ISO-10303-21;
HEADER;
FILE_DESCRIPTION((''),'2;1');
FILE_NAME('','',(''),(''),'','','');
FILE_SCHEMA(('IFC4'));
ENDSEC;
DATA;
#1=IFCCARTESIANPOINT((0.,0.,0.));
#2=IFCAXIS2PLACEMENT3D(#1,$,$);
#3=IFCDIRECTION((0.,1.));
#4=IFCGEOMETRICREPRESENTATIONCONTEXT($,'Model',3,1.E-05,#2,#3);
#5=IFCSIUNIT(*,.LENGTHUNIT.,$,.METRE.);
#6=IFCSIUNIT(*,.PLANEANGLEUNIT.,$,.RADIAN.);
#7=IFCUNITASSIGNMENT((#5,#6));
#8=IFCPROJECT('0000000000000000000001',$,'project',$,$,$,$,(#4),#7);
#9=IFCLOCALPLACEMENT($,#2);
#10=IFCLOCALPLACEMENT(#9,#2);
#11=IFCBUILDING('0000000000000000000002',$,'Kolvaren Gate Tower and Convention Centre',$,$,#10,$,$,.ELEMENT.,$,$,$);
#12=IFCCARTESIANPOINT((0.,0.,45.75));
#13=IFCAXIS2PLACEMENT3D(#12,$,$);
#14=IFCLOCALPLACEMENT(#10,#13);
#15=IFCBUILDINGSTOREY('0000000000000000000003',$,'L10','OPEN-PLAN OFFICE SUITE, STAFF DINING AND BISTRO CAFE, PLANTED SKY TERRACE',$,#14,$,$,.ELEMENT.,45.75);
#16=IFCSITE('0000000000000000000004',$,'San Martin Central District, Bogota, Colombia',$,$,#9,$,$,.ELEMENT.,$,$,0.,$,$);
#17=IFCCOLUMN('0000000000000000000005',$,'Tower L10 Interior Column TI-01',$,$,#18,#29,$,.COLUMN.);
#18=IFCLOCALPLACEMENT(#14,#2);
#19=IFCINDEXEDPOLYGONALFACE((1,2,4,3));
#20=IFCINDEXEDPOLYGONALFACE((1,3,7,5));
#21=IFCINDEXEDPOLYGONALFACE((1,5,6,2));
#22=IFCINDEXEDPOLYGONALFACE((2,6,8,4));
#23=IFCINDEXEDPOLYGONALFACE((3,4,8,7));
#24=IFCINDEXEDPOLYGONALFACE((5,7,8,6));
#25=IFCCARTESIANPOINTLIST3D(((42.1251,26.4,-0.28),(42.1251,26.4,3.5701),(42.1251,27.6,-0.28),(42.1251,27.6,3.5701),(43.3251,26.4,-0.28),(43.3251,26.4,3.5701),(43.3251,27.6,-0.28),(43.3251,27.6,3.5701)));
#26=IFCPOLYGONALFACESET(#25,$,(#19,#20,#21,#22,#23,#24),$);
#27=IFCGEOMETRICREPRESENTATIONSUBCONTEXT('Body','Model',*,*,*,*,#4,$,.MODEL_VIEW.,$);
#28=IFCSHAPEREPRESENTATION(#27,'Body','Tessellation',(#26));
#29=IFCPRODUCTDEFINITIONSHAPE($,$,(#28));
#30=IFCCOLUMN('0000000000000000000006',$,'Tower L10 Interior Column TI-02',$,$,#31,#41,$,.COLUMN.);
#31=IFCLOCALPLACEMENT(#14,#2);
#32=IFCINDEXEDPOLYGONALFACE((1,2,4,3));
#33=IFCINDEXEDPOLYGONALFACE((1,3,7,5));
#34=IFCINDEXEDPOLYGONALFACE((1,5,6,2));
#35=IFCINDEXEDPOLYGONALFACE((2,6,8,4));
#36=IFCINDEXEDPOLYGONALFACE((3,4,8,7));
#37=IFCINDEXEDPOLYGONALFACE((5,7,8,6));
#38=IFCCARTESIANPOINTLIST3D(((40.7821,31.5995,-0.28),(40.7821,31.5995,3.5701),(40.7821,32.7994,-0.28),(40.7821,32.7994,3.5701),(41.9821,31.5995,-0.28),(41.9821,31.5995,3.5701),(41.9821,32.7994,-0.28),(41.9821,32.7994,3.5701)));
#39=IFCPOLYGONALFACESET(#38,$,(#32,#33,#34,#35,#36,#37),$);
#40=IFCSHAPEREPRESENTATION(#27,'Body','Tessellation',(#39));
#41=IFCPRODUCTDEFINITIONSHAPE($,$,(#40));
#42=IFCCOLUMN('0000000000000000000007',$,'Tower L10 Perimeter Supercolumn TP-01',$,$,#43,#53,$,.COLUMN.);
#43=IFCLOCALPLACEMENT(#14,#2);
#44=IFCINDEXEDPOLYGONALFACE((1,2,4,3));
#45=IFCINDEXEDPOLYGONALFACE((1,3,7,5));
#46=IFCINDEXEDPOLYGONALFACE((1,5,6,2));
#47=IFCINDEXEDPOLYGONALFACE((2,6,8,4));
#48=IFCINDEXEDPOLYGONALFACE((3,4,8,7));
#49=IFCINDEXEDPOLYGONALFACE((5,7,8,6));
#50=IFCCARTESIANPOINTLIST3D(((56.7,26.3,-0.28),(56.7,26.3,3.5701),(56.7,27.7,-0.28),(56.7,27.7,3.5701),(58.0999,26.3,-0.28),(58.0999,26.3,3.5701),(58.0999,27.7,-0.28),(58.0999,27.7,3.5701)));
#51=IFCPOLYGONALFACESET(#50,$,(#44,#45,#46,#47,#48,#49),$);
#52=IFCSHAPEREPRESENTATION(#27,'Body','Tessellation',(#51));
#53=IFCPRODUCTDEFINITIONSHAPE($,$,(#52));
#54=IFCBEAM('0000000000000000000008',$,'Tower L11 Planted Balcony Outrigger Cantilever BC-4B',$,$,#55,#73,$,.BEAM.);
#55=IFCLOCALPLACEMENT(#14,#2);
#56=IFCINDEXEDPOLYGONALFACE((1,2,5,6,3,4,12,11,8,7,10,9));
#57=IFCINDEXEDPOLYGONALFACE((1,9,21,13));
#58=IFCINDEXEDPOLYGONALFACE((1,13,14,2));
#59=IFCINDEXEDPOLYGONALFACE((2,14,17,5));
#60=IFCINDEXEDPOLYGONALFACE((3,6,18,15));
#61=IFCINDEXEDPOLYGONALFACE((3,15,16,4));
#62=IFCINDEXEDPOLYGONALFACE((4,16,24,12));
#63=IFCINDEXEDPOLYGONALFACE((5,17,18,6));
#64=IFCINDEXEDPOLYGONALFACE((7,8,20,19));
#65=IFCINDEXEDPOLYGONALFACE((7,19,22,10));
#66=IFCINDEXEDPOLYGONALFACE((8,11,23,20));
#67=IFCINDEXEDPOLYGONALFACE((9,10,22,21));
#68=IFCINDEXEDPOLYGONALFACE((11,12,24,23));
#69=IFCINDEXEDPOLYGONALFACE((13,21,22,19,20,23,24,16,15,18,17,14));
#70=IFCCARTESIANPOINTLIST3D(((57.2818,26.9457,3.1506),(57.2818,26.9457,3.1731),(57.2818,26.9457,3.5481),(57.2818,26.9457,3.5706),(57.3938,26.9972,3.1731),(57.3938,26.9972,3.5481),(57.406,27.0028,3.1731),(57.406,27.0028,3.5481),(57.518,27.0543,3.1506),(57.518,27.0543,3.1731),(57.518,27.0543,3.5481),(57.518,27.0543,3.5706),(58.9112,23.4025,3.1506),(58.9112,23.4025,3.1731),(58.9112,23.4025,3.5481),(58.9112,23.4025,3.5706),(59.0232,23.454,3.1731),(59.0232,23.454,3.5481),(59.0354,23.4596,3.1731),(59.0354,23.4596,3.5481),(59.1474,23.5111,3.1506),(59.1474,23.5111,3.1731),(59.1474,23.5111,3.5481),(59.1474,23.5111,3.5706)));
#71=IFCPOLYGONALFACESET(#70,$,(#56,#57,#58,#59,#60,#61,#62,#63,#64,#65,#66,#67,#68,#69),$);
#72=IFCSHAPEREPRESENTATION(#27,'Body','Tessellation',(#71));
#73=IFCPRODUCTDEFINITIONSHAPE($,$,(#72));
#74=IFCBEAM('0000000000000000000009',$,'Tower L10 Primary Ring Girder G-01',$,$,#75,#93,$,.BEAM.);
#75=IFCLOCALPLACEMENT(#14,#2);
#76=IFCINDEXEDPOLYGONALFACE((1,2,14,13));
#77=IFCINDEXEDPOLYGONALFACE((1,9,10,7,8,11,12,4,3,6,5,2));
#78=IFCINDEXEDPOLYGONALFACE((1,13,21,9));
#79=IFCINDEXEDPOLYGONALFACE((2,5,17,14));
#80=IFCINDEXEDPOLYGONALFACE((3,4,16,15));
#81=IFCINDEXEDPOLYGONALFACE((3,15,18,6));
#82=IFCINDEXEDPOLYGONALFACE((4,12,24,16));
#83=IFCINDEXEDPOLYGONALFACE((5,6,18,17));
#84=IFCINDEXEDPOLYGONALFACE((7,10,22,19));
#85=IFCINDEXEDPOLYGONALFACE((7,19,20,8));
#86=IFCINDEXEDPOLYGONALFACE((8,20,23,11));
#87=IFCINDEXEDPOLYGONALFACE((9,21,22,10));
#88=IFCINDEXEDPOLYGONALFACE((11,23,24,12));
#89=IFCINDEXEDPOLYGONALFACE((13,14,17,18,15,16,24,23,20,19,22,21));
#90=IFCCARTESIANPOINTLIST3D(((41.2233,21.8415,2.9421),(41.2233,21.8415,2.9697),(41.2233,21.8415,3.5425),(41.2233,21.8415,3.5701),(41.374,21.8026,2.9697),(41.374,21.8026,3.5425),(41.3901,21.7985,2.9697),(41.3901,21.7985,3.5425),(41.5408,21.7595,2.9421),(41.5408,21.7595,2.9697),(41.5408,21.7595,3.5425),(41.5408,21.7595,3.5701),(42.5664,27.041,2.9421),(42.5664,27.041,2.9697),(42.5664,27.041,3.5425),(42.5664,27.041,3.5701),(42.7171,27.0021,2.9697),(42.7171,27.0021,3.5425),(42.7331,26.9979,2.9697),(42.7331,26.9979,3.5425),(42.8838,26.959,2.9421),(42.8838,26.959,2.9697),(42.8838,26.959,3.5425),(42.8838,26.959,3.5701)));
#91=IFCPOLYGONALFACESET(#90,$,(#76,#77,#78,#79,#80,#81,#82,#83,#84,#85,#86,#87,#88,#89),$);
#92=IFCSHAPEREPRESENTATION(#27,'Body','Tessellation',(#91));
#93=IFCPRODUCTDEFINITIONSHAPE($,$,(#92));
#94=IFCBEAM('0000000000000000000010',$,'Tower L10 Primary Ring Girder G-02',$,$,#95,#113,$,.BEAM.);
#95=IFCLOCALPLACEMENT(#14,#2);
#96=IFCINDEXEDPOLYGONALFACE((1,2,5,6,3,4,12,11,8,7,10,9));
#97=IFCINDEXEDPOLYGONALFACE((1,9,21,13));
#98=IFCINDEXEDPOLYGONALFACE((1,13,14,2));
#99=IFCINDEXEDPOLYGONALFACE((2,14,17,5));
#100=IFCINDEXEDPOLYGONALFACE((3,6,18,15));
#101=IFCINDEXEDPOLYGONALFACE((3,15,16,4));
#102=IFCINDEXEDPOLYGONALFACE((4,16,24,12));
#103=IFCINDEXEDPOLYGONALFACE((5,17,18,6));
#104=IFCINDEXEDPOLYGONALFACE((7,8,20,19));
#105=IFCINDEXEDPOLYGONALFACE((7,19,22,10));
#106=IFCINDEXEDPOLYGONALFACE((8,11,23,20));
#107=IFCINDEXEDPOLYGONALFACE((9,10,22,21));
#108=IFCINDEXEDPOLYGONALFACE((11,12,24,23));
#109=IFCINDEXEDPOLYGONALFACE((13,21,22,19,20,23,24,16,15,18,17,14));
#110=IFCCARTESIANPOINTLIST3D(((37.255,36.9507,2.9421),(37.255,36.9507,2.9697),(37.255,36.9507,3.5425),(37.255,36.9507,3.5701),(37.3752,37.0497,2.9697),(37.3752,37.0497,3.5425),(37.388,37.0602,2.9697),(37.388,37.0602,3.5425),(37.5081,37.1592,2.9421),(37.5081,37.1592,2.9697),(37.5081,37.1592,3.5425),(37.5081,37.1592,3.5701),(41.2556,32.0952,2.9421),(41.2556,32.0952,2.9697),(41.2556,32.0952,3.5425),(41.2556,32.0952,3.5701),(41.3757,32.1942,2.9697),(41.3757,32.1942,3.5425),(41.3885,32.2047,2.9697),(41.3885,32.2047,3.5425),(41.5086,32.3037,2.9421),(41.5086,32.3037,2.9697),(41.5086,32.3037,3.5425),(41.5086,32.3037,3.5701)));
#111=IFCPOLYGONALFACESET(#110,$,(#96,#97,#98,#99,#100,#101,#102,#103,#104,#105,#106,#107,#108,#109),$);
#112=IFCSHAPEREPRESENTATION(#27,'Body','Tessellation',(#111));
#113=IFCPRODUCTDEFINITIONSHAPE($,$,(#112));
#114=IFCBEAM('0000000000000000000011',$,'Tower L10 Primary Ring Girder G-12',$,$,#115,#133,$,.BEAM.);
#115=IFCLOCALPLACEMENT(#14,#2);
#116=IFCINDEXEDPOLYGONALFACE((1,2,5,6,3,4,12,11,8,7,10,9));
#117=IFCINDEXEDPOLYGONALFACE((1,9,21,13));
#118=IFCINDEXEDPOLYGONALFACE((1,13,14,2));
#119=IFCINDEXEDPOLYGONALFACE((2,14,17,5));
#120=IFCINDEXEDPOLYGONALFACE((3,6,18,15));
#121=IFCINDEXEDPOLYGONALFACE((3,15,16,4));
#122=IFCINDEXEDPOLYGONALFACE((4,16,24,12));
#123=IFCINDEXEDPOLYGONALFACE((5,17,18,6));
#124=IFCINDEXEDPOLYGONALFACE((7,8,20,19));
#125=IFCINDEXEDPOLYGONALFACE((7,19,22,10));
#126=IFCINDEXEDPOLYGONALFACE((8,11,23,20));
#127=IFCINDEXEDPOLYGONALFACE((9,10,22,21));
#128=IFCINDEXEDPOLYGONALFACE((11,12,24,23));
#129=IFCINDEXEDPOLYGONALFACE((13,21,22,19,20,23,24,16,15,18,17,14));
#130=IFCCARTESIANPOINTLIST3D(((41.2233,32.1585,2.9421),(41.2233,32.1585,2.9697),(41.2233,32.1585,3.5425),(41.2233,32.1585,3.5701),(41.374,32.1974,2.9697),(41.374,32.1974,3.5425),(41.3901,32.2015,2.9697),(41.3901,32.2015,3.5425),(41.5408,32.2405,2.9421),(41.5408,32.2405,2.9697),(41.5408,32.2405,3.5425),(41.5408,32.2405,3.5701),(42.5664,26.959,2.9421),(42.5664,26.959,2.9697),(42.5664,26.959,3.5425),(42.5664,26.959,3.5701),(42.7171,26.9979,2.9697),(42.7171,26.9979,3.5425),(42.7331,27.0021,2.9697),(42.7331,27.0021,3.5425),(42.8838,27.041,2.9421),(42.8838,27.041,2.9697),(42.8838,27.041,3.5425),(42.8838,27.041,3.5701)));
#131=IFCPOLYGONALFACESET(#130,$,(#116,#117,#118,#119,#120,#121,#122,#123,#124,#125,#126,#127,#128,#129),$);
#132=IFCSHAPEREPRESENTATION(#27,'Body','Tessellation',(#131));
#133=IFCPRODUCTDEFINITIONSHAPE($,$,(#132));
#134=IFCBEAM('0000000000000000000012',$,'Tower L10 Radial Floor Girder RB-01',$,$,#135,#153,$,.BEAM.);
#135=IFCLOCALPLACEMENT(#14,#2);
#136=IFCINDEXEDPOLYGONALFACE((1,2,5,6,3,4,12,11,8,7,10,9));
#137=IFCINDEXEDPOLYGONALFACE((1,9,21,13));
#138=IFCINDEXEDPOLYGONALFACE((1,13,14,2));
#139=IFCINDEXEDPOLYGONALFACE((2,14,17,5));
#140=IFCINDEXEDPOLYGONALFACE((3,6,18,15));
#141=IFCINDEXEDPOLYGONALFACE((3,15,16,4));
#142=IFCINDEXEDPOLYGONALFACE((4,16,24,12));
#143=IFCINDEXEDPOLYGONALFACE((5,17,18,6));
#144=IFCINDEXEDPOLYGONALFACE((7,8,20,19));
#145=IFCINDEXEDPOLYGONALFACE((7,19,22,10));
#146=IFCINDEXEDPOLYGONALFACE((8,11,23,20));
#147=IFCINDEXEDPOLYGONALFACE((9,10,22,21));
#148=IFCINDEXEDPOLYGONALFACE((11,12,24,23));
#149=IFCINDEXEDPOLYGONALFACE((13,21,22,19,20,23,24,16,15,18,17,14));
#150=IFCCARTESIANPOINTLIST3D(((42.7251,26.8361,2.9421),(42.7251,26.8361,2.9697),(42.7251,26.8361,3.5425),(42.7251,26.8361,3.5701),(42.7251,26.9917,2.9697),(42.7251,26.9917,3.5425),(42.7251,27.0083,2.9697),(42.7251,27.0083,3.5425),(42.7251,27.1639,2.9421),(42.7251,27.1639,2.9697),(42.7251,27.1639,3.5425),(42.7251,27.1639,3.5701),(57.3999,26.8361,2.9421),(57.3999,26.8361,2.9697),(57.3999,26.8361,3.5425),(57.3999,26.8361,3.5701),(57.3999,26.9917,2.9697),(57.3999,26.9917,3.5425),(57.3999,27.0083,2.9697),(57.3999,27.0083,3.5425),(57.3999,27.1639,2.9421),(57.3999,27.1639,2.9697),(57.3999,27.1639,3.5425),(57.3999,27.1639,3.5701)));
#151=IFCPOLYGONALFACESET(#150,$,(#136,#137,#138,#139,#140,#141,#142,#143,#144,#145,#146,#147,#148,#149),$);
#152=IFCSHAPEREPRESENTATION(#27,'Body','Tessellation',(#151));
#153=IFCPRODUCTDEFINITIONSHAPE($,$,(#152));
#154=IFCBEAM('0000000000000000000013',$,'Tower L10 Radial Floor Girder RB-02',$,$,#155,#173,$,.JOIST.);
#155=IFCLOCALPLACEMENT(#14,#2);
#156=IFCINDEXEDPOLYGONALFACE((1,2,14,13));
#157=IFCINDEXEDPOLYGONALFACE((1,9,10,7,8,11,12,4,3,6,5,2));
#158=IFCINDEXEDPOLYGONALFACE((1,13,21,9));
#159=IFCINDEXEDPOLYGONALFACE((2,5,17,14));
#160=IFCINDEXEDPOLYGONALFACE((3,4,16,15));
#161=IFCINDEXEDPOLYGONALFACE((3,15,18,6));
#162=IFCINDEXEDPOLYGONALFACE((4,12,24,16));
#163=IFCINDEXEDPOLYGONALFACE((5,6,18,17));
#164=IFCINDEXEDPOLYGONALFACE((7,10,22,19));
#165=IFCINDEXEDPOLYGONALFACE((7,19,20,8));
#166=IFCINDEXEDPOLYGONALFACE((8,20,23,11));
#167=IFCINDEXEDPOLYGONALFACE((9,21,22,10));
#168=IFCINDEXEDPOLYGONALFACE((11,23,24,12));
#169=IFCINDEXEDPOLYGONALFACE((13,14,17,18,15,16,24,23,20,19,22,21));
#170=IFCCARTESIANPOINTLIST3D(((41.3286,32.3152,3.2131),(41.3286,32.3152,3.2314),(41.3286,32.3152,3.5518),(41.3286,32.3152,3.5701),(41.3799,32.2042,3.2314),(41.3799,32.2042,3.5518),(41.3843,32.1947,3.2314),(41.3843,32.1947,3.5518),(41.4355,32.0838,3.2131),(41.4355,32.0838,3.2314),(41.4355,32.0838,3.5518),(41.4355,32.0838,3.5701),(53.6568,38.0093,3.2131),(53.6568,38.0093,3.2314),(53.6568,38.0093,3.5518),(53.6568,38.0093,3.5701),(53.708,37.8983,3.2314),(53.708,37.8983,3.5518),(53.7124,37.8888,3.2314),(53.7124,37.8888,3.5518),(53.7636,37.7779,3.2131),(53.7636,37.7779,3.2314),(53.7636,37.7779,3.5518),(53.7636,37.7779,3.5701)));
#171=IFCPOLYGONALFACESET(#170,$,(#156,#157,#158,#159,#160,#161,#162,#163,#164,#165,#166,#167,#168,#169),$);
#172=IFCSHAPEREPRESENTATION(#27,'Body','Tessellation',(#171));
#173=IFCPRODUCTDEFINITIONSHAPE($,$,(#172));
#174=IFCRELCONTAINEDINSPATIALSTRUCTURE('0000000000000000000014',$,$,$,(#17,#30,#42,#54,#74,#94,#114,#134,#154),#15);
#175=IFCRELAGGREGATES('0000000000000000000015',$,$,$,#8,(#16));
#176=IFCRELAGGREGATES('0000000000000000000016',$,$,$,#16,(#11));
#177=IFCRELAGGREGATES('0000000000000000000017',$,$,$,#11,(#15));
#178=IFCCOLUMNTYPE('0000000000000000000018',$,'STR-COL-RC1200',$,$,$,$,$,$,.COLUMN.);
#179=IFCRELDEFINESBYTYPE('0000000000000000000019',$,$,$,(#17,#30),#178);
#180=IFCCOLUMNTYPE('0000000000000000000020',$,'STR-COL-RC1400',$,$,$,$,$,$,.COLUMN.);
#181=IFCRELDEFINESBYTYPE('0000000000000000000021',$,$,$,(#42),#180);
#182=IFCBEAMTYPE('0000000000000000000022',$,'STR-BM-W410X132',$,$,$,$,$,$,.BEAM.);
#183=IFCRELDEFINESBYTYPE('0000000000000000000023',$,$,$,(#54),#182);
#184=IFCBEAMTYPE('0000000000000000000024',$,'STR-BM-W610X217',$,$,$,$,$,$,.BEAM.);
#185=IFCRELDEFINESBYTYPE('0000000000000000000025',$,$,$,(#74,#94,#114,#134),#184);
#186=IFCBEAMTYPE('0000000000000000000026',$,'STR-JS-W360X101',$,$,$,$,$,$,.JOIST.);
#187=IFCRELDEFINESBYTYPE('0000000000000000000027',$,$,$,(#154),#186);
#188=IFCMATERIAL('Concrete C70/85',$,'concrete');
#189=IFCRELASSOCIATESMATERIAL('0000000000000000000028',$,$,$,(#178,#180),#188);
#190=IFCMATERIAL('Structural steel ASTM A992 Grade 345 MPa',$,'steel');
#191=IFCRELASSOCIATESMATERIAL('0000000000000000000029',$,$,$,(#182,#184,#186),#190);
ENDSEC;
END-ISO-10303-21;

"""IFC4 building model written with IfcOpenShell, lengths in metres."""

from ifc_helpers import new_model, si_unit, direction, frame, origin, origin_2d, place, context, subcontext, project, spatial, rectangle, i_section, extrude, material, material_profile, profile_set, type_object, element, save


model = new_model("IFC4")

# Units and contexts
model_context = context("Model", 3, precision=1e-05, world=origin(), true_north=direction((0.0, 1.0)))
body_context = subcontext(model_context, "Body", "Model", "MODEL_VIEW")
ifc_project = project(units=[si_unit("LENGTHUNIT", "METRE"), si_unit("PLANEANGLEUNIT", "RADIAN")], contexts=[model_context])

# Site, building, storey
site_placement = place(None, origin())
site = spatial("IfcSite", under=ifc_project, at=site_placement, Name="San Martin Central District, Bogota, Colombia", CompositionType="ELEMENT", RefElevation=0.0)
building_placement = place(site_placement, origin())
building = spatial("IfcBuilding", under=site, at=building_placement, Name="Kolvaren Gate Tower and Convention Centre", CompositionType="ELEMENT")
storey_placement = place(building_placement, frame((0.0, 0.0, 45.75)))
storey = spatial("IfcBuildingStorey", under=building, at=storey_placement, Name="L10", Description="OPEN-PLAN OFFICE SUITE, STAFF DINING AND BISTRO CAFE, PLANTED SKY TERRACE", CompositionType="ELEMENT", Elevation=45.75)

# Columns
ifc_material_1 = material(Name="Concrete C70/85", Category="concrete")
ifc_material_profile_1 = material_profile(ifc_material_1, rectangle(XDim=1.2, YDim=1.2, at=origin_2d()), Name="RC-COL-1200X1200")
ifc_profile_set_1 = profile_set([ifc_material_profile_1], Name="Concrete C70/85")
column_type_1 = type_object("IfcColumnType", Name="STR-COL-RC1200", PredefinedType="COLUMN", material=ifc_profile_set_1)
for number, where, z_axis, x_axis, name in (
    (1, (42.7251, 27.0, -0.28), (0.0, 0.0, 1.0), (1.0, 0.0, 0.0), "Tower L10 Interior Column TI-01"),
    (2, (41.3821, 32.1995, -0.28), (0.0, 0.0, 1.0), (1.0, 0.0, 0.0), "Tower L10 Interior Column TI-02"),
):
    element("IfcColumn", number, at=place(storey_placement, frame(where, z_axis=z_axis, x_axis=x_axis)), inside=storey, type_object=column_type_1, Name=name, PredefinedType="COLUMN", context=body_context, shape_type="SweptSolid", body=[
        extrude(rectangle(XDim=1.2, YDim=1.2, at=origin_2d()), origin(), (0.0, 0.0, 1.0), 3.8501),
    ])
ifc_material_profile_2 = material_profile(ifc_material_1, rectangle(XDim=1.3999, YDim=1.3999, at=origin_2d()), Name="RC-COL-1400X1400")
ifc_profile_set_2 = profile_set([ifc_material_profile_2], Name="Concrete C70/85")
column_type_2 = type_object("IfcColumnType", Name="STR-COL-RC1400", PredefinedType="COLUMN", material=ifc_profile_set_2)
column_placement = place(storey_placement, frame((57.3999, 27.0, -0.28), z_axis=(0.0, 0.0, 1.0), x_axis=(1.0, 0.0, 0.0)))
element("IfcColumn", 3, at=column_placement, inside=storey, type_object=column_type_2, Name="Tower L10 Perimeter Supercolumn TP-01", PredefinedType="COLUMN", context=body_context, shape_type="SweptSolid", body=[
    extrude(rectangle(XDim=1.3999, YDim=1.3999, at=origin_2d()), origin(), (0.0, 0.0, 1.0), 3.8501),
])

# Beams
ifc_material_2 = material(Name="Structural steel ASTM A992 Grade 345 MPa", Category="steel")
ifc_material_profile_3 = material_profile(ifc_material_2, i_section(OverallWidth=0.26, OverallDepth=0.4199, WebThickness=0.0134, FlangeThickness=0.0225, at=origin_2d()), Name="W410X132")
ifc_profile_set_3 = profile_set([ifc_material_profile_3], Name="Structural steel ASTM A992 Grade 345 MPa")
beam_type_1 = type_object("IfcBeamType", Name="STR-BM-W410X132", PredefinedType="BEAM", material=ifc_profile_set_3)
beam_1_placement = place(storey_placement, frame((57.3999, 27.0, 3.3606), z_axis=(0.417803, -0.908538, 0.0), x_axis=(0.908538, 0.417803, 0.0)))
element("IfcBeam", 4, at=beam_1_placement, inside=storey, type_object=beam_type_1, Name="Tower L11 Planted Balcony Outrigger Cantilever BC-4B", PredefinedType="BEAM", context=body_context, shape_type="SweptSolid", body=[
    extrude(i_section(OverallWidth=0.26, OverallDepth=0.4199, WebThickness=0.0134, FlangeThickness=0.0225, at=origin_2d()), origin(), (0.0, 0.0, 1.0), 3.8999),
])
ifc_material_profile_4 = material_profile(ifc_material_2, i_section(OverallWidth=0.3279, OverallDepth=0.6279, WebThickness=0.0166, FlangeThickness=0.0276, at=origin_2d()), Name="W610X217")
ifc_profile_set_4 = profile_set([ifc_material_profile_4], Name="Structural steel ASTM A992 Grade 345 MPa")
beam_type_2 = type_object("IfcBeamType", Name="STR-BM-W610X217", PredefinedType="BEAM", material=ifc_profile_set_4)
beam_2_placement = place(storey_placement, frame((42.7251, 27.0, 3.2561), z_axis=(-0.250091, -0.968222, 0.0), x_axis=(0.968222, -0.250091, 0.0)))
element("IfcBeam", 5, at=beam_2_placement, inside=storey, type_object=beam_type_2, Name="Tower L10 Primary Ring Girder G-01", PredefinedType="BEAM", context=body_context, shape_type="SweptSolid", body=[
    extrude(i_section(OverallWidth=0.3279, OverallDepth=0.6279, WebThickness=0.0166, FlangeThickness=0.0276, at=origin_2d()), origin(), (0.0, 0.0, 1.0), 5.3701),
])
beam_3_placement = place(storey_placement, frame((41.3821, 32.1995, 3.2561), z_axis=(-0.635884, 0.771785, 0.0), x_axis=(-0.771785, -0.635884, 0.0)))
element("IfcBeam", 6, at=beam_3_placement, inside=storey, type_object=beam_type_2, Name="Tower L10 Primary Ring Girder G-02", PredefinedType="BEAM", context=body_context, shape_type="SweptSolid", body=[
    extrude(i_section(OverallWidth=0.3279, OverallDepth=0.6279, WebThickness=0.0166, FlangeThickness=0.0276, at=origin_2d()), origin(), (0.0, 0.0, 1.0), 6.2913),
])
beam_4_placement = place(storey_placement, frame((42.7251, 27.0, 3.2561), z_axis=(-0.250091, 0.968222, 0.0), x_axis=(-0.968222, -0.250091, 0.0)))
element("IfcBeam", 7, at=beam_4_placement, inside=storey, type_object=beam_type_2, Name="Tower L10 Primary Ring Girder G-12", PredefinedType="BEAM", context=body_context, shape_type="SweptSolid", body=[
    extrude(i_section(OverallWidth=0.3279, OverallDepth=0.6279, WebThickness=0.0166, FlangeThickness=0.0276, at=origin_2d()), origin(), (0.0, 0.0, 1.0), 5.3701),
])
beam_5_placement = place(storey_placement, frame((42.7251, 27.0, 3.2561), z_axis=(1.0, 0.0, 0.0), x_axis=(0.0, 1.0, 0.0)))
element("IfcBeam", 8, at=beam_5_placement, inside=storey, type_object=beam_type_2, Name="Tower L10 Radial Floor Girder RB-01", PredefinedType="BEAM", context=body_context, shape_type="SweptSolid", body=[
    extrude(i_section(OverallWidth=0.3279, OverallDepth=0.6279, WebThickness=0.0166, FlangeThickness=0.0276, at=origin_2d()), origin(), (0.0, 0.0, 1.0), 14.6748),
])
ifc_material_profile_5 = material_profile(ifc_material_2, i_section(OverallWidth=0.2549, OverallDepth=0.3569, WebThickness=0.0105, FlangeThickness=0.0183, at=origin_2d()), Name="W360X101")
ifc_profile_set_5 = profile_set([ifc_material_profile_5], Name="Structural steel ASTM A992 Grade 345 MPa")
beam_type_3 = type_object("IfcBeamType", Name="STR-JS-W360X101", PredefinedType="JOIST", material=ifc_profile_set_5)
beam_6_placement = place(storey_placement, frame((41.3821, 32.1995, 3.3916), z_axis=(0.907842, 0.419312, 0.0), x_axis=(-0.419312, 0.907842, 0.0)))
element("IfcBeam", 9, at=beam_6_placement, inside=storey, type_object=beam_type_3, Name="Tower L10 Radial Floor Girder RB-02", PredefinedType="JOIST", context=body_context, shape_type="SweptSolid", body=[
    extrude(i_section(OverallWidth=0.2549, OverallDepth=0.3569, WebThickness=0.0105, FlangeThickness=0.0183, at=origin_2d()), origin(), (0.0, 0.0, 1.0), 13.5796),
])

save(model, "model.ifc")
